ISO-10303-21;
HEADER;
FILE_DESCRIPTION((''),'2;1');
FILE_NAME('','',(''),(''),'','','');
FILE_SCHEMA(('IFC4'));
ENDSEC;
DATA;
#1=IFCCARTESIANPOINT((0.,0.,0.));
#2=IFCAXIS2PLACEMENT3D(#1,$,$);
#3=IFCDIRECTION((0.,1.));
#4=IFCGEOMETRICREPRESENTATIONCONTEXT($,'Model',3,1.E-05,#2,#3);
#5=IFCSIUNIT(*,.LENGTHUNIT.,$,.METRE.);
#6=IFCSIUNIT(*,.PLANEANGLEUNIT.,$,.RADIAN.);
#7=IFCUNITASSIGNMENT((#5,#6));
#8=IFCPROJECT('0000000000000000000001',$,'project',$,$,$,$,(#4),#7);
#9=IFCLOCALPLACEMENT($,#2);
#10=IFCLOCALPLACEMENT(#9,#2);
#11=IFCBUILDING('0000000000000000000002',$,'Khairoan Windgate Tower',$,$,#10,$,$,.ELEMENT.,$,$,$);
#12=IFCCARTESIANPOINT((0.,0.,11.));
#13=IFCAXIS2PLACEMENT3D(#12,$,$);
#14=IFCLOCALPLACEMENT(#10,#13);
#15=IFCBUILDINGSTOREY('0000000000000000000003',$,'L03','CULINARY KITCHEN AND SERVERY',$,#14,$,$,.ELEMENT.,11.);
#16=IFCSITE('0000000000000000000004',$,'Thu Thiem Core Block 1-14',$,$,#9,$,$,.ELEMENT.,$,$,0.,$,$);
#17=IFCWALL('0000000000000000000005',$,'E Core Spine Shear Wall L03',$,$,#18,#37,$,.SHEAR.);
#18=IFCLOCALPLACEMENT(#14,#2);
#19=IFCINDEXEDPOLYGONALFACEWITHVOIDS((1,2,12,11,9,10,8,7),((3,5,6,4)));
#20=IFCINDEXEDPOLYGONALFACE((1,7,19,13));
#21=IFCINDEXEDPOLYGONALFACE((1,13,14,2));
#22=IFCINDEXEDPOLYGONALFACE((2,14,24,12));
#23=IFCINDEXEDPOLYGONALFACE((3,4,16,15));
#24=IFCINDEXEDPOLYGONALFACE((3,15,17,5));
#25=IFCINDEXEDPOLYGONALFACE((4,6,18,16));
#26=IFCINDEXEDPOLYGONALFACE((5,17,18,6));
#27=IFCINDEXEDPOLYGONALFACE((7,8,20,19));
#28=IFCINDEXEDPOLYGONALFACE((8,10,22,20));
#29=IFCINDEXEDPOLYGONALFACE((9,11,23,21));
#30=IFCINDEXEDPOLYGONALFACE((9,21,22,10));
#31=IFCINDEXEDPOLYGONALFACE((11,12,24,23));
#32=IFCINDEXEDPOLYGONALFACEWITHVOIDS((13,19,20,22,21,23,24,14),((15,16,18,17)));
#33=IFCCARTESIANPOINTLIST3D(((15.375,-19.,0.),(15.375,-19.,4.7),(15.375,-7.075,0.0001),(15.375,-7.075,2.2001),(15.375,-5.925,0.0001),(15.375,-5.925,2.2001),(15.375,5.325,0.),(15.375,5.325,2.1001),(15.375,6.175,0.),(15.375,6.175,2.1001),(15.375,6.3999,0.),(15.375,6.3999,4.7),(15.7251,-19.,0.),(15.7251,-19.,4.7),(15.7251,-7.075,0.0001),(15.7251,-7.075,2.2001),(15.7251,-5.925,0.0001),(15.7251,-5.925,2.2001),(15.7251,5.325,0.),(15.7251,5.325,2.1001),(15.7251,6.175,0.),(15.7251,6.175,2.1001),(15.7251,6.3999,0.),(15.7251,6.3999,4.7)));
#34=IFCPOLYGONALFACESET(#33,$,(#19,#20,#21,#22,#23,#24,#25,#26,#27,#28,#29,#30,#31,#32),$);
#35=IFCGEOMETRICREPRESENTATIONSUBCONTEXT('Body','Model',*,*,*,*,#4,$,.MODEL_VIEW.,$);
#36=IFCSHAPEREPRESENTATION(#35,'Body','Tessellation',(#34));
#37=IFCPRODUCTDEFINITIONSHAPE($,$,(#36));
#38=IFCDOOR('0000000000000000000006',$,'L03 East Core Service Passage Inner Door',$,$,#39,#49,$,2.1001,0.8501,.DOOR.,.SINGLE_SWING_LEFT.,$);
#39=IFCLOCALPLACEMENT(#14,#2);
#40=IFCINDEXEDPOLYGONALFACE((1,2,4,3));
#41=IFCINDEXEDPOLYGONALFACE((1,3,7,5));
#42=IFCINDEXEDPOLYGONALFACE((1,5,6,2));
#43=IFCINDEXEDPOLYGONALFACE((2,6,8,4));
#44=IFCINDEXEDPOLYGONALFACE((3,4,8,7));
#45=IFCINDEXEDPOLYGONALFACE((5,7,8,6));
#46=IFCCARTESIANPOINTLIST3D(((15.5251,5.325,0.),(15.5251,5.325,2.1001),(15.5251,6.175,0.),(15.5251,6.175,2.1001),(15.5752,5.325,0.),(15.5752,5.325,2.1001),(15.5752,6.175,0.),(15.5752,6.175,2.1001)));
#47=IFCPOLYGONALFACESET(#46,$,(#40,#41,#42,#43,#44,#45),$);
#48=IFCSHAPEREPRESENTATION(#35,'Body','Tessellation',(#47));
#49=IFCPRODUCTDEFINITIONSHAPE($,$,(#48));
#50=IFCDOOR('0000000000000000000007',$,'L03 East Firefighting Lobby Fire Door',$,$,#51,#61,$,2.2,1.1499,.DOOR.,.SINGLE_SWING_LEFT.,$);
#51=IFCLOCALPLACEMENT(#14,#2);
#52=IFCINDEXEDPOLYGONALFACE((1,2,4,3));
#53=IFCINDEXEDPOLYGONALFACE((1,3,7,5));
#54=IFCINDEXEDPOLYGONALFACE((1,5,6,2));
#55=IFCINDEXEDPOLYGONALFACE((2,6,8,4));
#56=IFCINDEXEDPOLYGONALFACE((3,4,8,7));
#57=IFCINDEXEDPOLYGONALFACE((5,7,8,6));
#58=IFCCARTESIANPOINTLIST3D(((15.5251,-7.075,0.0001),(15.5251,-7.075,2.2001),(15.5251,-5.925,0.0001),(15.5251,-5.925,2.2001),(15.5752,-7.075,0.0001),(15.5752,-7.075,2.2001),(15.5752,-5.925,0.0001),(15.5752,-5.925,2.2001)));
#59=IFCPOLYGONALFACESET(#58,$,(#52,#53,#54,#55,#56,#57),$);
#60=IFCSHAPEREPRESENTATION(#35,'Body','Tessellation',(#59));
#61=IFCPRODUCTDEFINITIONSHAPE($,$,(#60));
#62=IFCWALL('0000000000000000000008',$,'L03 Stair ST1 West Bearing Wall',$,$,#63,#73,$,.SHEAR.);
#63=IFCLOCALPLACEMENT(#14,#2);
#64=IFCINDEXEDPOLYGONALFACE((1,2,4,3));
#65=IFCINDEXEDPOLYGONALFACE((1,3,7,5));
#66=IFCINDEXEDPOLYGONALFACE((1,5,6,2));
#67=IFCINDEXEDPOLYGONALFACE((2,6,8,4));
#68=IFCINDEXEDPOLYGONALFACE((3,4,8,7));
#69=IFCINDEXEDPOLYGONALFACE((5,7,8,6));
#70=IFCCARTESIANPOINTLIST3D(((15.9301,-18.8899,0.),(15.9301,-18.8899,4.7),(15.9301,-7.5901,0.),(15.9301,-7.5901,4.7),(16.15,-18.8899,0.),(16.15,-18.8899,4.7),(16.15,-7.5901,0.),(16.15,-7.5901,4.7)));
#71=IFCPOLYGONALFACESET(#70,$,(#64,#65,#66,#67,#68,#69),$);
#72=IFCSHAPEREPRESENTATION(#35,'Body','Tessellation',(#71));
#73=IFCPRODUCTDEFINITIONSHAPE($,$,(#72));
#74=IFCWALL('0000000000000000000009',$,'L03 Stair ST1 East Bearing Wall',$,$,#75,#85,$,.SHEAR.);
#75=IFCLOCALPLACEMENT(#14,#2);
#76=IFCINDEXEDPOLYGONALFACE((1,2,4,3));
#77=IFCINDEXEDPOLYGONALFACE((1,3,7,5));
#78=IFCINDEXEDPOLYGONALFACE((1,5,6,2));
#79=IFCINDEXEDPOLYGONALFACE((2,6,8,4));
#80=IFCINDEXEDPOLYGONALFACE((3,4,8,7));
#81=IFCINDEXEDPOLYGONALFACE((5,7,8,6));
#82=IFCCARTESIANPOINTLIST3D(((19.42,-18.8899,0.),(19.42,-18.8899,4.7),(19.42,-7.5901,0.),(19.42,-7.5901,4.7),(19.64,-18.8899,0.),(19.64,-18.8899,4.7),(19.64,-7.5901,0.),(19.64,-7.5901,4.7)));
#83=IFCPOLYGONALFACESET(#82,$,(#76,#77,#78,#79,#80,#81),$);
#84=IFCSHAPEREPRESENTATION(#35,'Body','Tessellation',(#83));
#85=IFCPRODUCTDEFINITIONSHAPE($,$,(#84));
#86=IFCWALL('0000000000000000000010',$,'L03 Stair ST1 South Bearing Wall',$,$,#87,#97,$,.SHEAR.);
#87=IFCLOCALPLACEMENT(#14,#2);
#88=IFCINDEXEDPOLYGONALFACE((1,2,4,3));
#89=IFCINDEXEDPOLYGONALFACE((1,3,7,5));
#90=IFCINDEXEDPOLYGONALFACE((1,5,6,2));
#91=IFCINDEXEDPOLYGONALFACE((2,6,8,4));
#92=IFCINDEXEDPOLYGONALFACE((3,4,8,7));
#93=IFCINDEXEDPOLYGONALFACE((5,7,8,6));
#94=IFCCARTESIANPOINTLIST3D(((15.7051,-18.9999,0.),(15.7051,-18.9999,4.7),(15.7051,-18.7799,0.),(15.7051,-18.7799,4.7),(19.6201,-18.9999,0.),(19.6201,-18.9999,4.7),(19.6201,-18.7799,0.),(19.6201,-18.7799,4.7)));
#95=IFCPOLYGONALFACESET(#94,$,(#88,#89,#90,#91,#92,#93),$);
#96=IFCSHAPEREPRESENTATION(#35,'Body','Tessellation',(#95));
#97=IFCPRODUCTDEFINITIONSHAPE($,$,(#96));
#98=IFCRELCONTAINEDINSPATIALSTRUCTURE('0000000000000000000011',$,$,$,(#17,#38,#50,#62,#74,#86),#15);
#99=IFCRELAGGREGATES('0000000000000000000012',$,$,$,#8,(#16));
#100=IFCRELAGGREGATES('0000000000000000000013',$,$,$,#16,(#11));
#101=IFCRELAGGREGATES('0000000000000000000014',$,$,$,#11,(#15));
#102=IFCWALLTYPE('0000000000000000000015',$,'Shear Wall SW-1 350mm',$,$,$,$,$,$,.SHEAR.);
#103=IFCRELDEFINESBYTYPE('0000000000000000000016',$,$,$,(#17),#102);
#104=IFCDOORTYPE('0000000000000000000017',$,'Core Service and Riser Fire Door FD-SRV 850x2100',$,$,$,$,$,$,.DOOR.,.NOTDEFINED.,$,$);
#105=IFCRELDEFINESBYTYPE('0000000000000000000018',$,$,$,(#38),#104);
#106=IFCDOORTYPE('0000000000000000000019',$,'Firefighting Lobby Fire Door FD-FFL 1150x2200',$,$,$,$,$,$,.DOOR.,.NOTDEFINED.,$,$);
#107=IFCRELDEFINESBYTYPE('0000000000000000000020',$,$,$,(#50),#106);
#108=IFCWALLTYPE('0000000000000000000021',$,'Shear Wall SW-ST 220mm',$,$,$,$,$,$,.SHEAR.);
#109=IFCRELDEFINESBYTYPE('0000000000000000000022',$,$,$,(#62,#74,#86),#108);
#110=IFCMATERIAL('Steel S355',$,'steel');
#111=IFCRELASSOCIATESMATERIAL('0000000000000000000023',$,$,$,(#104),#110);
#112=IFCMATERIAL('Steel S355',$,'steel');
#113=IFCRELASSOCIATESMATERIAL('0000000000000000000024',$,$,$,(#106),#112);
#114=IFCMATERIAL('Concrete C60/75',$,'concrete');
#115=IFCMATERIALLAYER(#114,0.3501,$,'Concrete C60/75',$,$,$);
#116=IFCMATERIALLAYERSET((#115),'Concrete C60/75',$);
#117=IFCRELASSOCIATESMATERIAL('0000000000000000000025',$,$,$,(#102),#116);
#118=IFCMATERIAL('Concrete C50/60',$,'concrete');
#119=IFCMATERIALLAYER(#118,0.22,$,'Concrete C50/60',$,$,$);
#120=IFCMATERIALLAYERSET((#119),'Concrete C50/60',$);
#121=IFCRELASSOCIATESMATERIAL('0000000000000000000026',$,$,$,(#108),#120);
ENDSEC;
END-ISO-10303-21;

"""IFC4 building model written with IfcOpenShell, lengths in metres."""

from ifc_helpers import new_model, si_unit, direction, frame, frame_2d, origin, place, context, subcontext, project, spatial, rectangle, extrude, material, layer, layer_set, type_object, element, fill, save


model = new_model("IFC4")

# Units and contexts
model_context = context("Model", 3, precision=1e-05, world=origin(), true_north=direction((0.0, 1.0)))
body_context = subcontext(model_context, "Body", "Model", "MODEL_VIEW")
ifc_project = project(units=[si_unit("LENGTHUNIT", "METRE"), si_unit("PLANEANGLEUNIT", "RADIAN")], contexts=[model_context])

# Site, building, storey
site_placement = place(None, origin())
site = spatial("IfcSite", under=ifc_project, at=site_placement, Name="Thu Thiem Core Block 1-14", CompositionType="ELEMENT", RefElevation=0.0)
building_placement = place(site_placement, origin())
building = spatial("IfcBuilding", under=site, at=building_placement, Name="Khairoan Windgate Tower", CompositionType="ELEMENT")
storey_placement = place(building_placement, frame((0.0, 0.0, 11.0)))
storey = spatial("IfcBuildingStorey", under=building, at=storey_placement, Name="L03", Description="CULINARY KITCHEN AND SERVERY", CompositionType="ELEMENT", Elevation=11.0)

# Shared definitions
ifc_material_1 = material(Name="Steel S355", Category="steel")
door_type_1 = type_object("IfcDoorType", Name="Core Service and Riser Fire Door FD-SRV 850x2100", OperationType="NOTDEFINED", PredefinedType="DOOR", material=ifc_material_1)
ifc_material_2 = material(Name="Steel S355", Category="steel")
door_type_2 = type_object("IfcDoorType", Name="Firefighting Lobby Fire Door FD-FFL 1150x2200", OperationType="NOTDEFINED", PredefinedType="DOOR", material=ifc_material_2)

# Wall, openings, doors
ifc_material_3 = material(Name="Concrete C60/75", Category="concrete")
ifc_layer_1 = layer(ifc_material_3, 0.3501, Name="Concrete C60/75")
ifc_layer_set_1 = layer_set([ifc_layer_1], Name="Concrete C60/75")
wall_type_1 = type_object("IfcWallType", Name="Shear Wall SW-1 350mm", PredefinedType="SHEAR", material=ifc_layer_set_1)
wall_1_placement = place(storey_placement, frame((15.55, -19.0, 0.0), z_axis=(0.0, 0.0, 1.0), x_axis=(0.0, 1.0, 0.0)))
wall_1 = element("IfcWall", 1, at=wall_1_placement, inside=storey, type_object=wall_type_1, Name="E Core Spine Shear Wall L03", PredefinedType="SHEAR", context=body_context, shape_type="SweptSolid", body=[
    extrude(rectangle(XDim=25.3999, YDim=0.3501, at=frame_2d((12.7, 0.0))), origin(), (0.0, 0.0, 1.0), 4.7),
])
opening_1_placement = place(wall_1_placement, frame((11.925, 0.0, 0.0)))
opening_1 = element("IfcOpeningElement", 2, at=opening_1_placement, cuts=wall_1, PredefinedType="OPENING", context=body_context, shape_type="SweptSolid", body=[
    extrude(rectangle(XDim=1.1499, YDim=2.2, at=frame_2d((0.575, 1.1001))), frame((0.0, 0.1851, 0.0), z_axis=(0.0, -1.0, 0.0), x_axis=(1.0, 0.0, 0.0)), (0.0, 0.0, 1.0), 0.3701),
])
opening_2_placement = place(wall_1_placement, frame((24.325, 0.0, 0.0)))
opening_2 = element("IfcOpeningElement", 3, at=opening_2_placement, cuts=wall_1, PredefinedType="OPENING", context=body_context, shape_type="SweptSolid", body=[
    extrude(rectangle(XDim=0.8501, YDim=2.1001, at=frame_2d((0.425, 1.05))), frame((0.0, 0.1851, 0.0), z_axis=(0.0, -1.0, 0.0), x_axis=(1.0, 0.0, 0.0)), (0.0, 0.0, 1.0), 0.3701),
])
door_1_placement = place(opening_2_placement, origin())
door_1 = element("IfcDoor", 4, at=door_1_placement, inside=storey, type_object=door_type_1, Name="L03 East Core Service Passage Inner Door", OperationType="SINGLE_SWING_LEFT", OverallHeight=2.1001, OverallWidth=0.8501, PredefinedType="DOOR", context=body_context, shape_type="SweptSolid", body=[
    extrude(rectangle(XDim=0.8501, YDim=2.1001, at=frame_2d((0.425, 1.05))), frame((0.0, 0.0249, 0.0), z_axis=(0.0, -1.0, 0.0), x_axis=(1.0, 0.0, 0.0)), (0.0, 0.0, 1.0), 0.05),
])
fill(opening_2, door_1)
door_2_placement = place(opening_1_placement, origin())
door_2 = element("IfcDoor", 5, at=door_2_placement, inside=storey, type_object=door_type_2, Name="L03 East Firefighting Lobby Fire Door", OperationType="SINGLE_SWING_LEFT", OverallHeight=2.2, OverallWidth=1.1499, PredefinedType="DOOR", context=body_context, shape_type="SweptSolid", body=[
    extrude(rectangle(XDim=1.1499, YDim=2.2, at=frame_2d((0.575, 1.1001))), frame((0.0, 0.0249, 0.0), z_axis=(0.0, -1.0, 0.0), x_axis=(1.0, 0.0, 0.0)), (0.0, 0.0, 1.0), 0.05),
])
fill(opening_1, door_2)

# Walls
ifc_material_4 = material(Name="Concrete C50/60", Category="concrete")
ifc_layer_2 = layer(ifc_material_4, 0.22, Name="Concrete C50/60")
ifc_layer_set_2 = layer_set([ifc_layer_2], Name="Concrete C50/60")
wall_type_2 = type_object("IfcWallType", Name="Shear Wall SW-ST 220mm", PredefinedType="SHEAR", material=ifc_layer_set_2)
for number, where, z_axis, x_axis, name in (
    (6, (16.04, -18.8899, 0.0), (0.0, 0.0, 1.0), (0.0, 1.0, 0.0), "L03 Stair ST1 West Bearing Wall"),
    (7, (19.53, -18.8899, 0.0), (0.0, 0.0, 1.0), (0.0, 1.0, 0.0), "L03 Stair ST1 East Bearing Wall"),
):
    element("IfcWall", number, at=place(storey_placement, frame(where, z_axis=z_axis, x_axis=x_axis)), inside=storey, type_object=wall_type_2, Name=name, PredefinedType="SHEAR", context=body_context, shape_type="SweptSolid", body=[
        extrude(rectangle(XDim=11.2998, YDim=0.22, at=frame_2d((5.6499, 0.0))), origin(), (0.0, 0.0, 1.0), 4.7),
    ])
wall_2_placement = place(storey_placement, frame((15.7051, -18.8899, 0.0), z_axis=(0.0, 0.0, 1.0), x_axis=(1.0, 0.0, 0.0)))
element("IfcWall", 8, at=wall_2_placement, inside=storey, type_object=wall_type_2, Name="L03 Stair ST1 South Bearing Wall", PredefinedType="SHEAR", context=body_context, shape_type="SweptSolid", body=[
    extrude(rectangle(XDim=3.915, YDim=0.22, at=frame_2d((1.9575, 0.0))), origin(), (0.0, 0.0, 1.0), 4.7),
])

save(model, "model.ifc")
